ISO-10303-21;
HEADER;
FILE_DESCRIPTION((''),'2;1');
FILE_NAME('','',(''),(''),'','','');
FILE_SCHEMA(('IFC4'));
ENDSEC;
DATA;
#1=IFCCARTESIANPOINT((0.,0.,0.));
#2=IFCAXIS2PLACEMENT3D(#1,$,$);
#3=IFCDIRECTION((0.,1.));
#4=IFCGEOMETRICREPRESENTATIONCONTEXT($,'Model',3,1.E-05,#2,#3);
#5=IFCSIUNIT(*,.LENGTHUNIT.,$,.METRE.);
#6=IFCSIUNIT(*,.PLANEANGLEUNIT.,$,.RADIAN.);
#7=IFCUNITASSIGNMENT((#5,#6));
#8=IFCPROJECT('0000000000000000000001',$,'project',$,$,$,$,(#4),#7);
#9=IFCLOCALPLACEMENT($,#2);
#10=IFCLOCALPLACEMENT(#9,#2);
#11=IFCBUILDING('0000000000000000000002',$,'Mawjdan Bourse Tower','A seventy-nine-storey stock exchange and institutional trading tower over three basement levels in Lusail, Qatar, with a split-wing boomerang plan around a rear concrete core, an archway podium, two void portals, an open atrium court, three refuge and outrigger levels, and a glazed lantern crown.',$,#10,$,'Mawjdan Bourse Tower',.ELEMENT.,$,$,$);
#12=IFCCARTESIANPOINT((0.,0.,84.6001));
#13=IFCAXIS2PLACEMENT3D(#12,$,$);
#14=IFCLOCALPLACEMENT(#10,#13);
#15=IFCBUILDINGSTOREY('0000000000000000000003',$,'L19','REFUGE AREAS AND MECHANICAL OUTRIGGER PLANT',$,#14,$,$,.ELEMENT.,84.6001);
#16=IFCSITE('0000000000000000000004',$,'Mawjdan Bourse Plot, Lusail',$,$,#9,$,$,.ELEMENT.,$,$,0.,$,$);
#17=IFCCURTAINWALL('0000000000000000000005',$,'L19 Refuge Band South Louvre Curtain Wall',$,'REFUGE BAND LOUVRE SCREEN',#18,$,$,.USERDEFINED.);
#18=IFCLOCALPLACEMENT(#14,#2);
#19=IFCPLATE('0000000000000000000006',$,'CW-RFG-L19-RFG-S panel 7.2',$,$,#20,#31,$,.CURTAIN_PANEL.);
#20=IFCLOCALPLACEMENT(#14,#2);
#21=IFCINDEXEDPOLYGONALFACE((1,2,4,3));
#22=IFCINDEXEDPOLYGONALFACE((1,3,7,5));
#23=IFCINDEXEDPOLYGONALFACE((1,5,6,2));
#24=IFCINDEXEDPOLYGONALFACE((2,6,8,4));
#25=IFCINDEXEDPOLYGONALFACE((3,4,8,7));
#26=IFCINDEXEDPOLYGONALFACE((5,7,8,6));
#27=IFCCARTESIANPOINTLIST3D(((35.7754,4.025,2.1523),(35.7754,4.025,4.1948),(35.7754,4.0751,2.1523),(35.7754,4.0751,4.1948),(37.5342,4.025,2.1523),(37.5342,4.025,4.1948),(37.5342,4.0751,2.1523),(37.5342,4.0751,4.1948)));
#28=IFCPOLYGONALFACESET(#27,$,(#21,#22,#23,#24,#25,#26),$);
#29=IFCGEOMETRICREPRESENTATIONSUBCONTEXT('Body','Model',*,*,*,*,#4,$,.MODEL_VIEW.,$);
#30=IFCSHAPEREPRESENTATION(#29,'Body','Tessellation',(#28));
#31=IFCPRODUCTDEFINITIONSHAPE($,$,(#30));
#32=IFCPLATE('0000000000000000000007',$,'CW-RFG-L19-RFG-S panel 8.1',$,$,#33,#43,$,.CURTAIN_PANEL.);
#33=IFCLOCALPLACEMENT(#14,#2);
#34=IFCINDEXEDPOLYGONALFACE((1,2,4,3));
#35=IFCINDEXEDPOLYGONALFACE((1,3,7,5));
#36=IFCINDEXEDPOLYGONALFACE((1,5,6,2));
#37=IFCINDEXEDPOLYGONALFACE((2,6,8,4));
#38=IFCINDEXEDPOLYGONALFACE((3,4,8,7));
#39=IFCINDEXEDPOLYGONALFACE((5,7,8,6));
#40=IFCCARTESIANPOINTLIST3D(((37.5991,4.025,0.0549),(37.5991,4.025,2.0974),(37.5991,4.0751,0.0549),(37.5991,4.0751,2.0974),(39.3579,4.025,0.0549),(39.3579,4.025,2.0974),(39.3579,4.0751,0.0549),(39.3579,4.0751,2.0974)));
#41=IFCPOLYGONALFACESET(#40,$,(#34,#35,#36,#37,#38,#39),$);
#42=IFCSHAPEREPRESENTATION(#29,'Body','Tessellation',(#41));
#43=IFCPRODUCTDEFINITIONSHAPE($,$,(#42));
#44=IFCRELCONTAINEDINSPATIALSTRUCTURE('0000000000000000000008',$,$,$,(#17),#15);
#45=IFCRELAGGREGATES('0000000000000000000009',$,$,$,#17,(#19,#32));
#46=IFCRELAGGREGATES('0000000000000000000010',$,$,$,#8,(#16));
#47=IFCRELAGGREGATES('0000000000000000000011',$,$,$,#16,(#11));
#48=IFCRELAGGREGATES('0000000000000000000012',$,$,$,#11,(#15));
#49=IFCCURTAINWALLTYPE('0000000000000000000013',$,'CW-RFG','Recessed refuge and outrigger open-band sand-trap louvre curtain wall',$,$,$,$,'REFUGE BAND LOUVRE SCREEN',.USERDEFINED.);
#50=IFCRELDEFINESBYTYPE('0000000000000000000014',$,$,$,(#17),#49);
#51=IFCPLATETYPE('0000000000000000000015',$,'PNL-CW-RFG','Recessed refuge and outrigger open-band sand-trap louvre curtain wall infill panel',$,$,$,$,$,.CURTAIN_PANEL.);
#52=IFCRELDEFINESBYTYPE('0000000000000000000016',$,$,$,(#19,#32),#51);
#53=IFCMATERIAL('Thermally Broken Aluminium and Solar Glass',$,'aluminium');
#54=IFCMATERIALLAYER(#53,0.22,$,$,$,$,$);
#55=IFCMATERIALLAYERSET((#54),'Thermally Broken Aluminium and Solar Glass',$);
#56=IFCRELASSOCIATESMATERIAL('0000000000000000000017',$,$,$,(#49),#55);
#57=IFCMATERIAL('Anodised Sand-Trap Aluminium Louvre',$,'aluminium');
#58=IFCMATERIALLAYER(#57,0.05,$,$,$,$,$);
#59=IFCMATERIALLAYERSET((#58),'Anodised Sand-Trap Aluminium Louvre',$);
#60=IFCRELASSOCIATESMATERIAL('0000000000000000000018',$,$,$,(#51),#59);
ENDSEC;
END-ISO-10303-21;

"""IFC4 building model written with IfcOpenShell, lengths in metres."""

from ifc_helpers import new_model, si_unit, direction, frame, origin, origin_2d, place, context, subcontext, project, spatial, rectangle, extrude, material, layer, layer_set, type_object, element, aggregate, save


model = new_model("IFC4")

# Units and contexts
model_context = context("Model", 3, precision=1e-05, world=origin(), true_north=direction((0.0, 1.0)))
body_context = subcontext(model_context, "Body", "Model", "MODEL_VIEW")
ifc_project = project(units=[si_unit("LENGTHUNIT", "METRE"), si_unit("PLANEANGLEUNIT", "RADIAN")], contexts=[model_context])

# Site, building, storey
site_placement = place(None, origin())
site = spatial("IfcSite", under=ifc_project, at=site_placement, Name="Mawjdan Bourse Plot, Lusail", CompositionType="ELEMENT", RefElevation=0.0)
building_placement = place(site_placement, origin())
building = spatial("IfcBuilding", under=site, at=building_placement, Name="Mawjdan Bourse Tower", Description="A seventy-nine-storey stock exchange and institutional trading tower over three basement levels in Lusail, Qatar, with a split-wing boomerang plan around a rear concrete core, an archway podium, two void portals, an open atrium court, three refuge and outrigger levels, and a glazed lantern crown.", LongName="Mawjdan Bourse Tower", CompositionType="ELEMENT")
storey_placement = place(building_placement, frame((0.0, 0.0, 84.6001)))
storey = spatial("IfcBuildingStorey", under=building, at=storey_placement, Name="L19", Description="REFUGE AREAS AND MECHANICAL OUTRIGGER PLANT", CompositionType="ELEMENT", Elevation=84.6001)

# Curtain wall
ifc_material_1 = material(Name="Thermally Broken Aluminium and Solar Glass", Category="aluminium")
ifc_layer_1 = layer(ifc_material_1, 0.22)
ifc_layer_set_1 = layer_set([ifc_layer_1], Name="Thermally Broken Aluminium and Solar Glass")
curtain_wall_type = type_object("IfcCurtainWallType", Name="CW-RFG", Description="Recessed refuge and outrigger open-band sand-trap louvre curtain wall", ElementType="REFUGE BAND LOUVRE SCREEN", PredefinedType="USERDEFINED", material=ifc_layer_set_1)
curtain_wall_placement = place(storey_placement, origin())
curtain_wall = element("IfcCurtainWall", 1, at=curtain_wall_placement, inside=storey, type_object=curtain_wall_type, Name="L19 Refuge Band South Louvre Curtain Wall", ObjectType="REFUGE BAND LOUVRE SCREEN", PredefinedType="USERDEFINED")

# Plates
ifc_material_2 = material(Name="Anodised Sand-Trap Aluminium Louvre", Category="aluminium")
ifc_layer_2 = layer(ifc_material_2, 0.05)
ifc_layer_set_2 = layer_set([ifc_layer_2], Name="Anodised Sand-Trap Aluminium Louvre")
plate_type_1 = type_object("IfcPlateType", Name="PNL-CW-RFG", Description="Recessed refuge and outrigger open-band sand-trap louvre curtain wall infill panel", PredefinedType="CURTAIN_PANEL", material=ifc_layer_set_2)
plate_1_placement = place(storey_placement, frame((36.6548, 4.05, 2.1523), z_axis=(0.0, 0.0, 1.0), x_axis=(1.0, 0.0, 0.0)))
plate_1 = element("IfcPlate", 2, at=plate_1_placement, type_object=plate_type_1, Name="CW-RFG-L19-RFG-S panel 7.2", PredefinedType="CURTAIN_PANEL", context=body_context, shape_type="SweptSolid", body=[
    extrude(rectangle(XDim=1.7588, YDim=0.05, at=origin_2d()), origin(), (0.0, 0.0, 1.0), 2.0425),
])
plate_2_placement = place(storey_placement, frame((38.4785, 4.05, 0.0549), z_axis=(0.0, 0.0, 1.0), x_axis=(1.0, 0.0, 0.0)))
plate_2 = element("IfcPlate", 3, at=plate_2_placement, type_object=plate_type_1, Name="CW-RFG-L19-RFG-S panel 8.1", PredefinedType="CURTAIN_PANEL", context=body_context, shape_type="SweptSolid", body=[
    extrude(rectangle(XDim=1.7588, YDim=0.05, at=origin_2d()), origin(), (0.0, 0.0, 1.0), 2.0425),
])
aggregate(curtain_wall, [plate_1, plate_2])

save(model, "model.ifc")
